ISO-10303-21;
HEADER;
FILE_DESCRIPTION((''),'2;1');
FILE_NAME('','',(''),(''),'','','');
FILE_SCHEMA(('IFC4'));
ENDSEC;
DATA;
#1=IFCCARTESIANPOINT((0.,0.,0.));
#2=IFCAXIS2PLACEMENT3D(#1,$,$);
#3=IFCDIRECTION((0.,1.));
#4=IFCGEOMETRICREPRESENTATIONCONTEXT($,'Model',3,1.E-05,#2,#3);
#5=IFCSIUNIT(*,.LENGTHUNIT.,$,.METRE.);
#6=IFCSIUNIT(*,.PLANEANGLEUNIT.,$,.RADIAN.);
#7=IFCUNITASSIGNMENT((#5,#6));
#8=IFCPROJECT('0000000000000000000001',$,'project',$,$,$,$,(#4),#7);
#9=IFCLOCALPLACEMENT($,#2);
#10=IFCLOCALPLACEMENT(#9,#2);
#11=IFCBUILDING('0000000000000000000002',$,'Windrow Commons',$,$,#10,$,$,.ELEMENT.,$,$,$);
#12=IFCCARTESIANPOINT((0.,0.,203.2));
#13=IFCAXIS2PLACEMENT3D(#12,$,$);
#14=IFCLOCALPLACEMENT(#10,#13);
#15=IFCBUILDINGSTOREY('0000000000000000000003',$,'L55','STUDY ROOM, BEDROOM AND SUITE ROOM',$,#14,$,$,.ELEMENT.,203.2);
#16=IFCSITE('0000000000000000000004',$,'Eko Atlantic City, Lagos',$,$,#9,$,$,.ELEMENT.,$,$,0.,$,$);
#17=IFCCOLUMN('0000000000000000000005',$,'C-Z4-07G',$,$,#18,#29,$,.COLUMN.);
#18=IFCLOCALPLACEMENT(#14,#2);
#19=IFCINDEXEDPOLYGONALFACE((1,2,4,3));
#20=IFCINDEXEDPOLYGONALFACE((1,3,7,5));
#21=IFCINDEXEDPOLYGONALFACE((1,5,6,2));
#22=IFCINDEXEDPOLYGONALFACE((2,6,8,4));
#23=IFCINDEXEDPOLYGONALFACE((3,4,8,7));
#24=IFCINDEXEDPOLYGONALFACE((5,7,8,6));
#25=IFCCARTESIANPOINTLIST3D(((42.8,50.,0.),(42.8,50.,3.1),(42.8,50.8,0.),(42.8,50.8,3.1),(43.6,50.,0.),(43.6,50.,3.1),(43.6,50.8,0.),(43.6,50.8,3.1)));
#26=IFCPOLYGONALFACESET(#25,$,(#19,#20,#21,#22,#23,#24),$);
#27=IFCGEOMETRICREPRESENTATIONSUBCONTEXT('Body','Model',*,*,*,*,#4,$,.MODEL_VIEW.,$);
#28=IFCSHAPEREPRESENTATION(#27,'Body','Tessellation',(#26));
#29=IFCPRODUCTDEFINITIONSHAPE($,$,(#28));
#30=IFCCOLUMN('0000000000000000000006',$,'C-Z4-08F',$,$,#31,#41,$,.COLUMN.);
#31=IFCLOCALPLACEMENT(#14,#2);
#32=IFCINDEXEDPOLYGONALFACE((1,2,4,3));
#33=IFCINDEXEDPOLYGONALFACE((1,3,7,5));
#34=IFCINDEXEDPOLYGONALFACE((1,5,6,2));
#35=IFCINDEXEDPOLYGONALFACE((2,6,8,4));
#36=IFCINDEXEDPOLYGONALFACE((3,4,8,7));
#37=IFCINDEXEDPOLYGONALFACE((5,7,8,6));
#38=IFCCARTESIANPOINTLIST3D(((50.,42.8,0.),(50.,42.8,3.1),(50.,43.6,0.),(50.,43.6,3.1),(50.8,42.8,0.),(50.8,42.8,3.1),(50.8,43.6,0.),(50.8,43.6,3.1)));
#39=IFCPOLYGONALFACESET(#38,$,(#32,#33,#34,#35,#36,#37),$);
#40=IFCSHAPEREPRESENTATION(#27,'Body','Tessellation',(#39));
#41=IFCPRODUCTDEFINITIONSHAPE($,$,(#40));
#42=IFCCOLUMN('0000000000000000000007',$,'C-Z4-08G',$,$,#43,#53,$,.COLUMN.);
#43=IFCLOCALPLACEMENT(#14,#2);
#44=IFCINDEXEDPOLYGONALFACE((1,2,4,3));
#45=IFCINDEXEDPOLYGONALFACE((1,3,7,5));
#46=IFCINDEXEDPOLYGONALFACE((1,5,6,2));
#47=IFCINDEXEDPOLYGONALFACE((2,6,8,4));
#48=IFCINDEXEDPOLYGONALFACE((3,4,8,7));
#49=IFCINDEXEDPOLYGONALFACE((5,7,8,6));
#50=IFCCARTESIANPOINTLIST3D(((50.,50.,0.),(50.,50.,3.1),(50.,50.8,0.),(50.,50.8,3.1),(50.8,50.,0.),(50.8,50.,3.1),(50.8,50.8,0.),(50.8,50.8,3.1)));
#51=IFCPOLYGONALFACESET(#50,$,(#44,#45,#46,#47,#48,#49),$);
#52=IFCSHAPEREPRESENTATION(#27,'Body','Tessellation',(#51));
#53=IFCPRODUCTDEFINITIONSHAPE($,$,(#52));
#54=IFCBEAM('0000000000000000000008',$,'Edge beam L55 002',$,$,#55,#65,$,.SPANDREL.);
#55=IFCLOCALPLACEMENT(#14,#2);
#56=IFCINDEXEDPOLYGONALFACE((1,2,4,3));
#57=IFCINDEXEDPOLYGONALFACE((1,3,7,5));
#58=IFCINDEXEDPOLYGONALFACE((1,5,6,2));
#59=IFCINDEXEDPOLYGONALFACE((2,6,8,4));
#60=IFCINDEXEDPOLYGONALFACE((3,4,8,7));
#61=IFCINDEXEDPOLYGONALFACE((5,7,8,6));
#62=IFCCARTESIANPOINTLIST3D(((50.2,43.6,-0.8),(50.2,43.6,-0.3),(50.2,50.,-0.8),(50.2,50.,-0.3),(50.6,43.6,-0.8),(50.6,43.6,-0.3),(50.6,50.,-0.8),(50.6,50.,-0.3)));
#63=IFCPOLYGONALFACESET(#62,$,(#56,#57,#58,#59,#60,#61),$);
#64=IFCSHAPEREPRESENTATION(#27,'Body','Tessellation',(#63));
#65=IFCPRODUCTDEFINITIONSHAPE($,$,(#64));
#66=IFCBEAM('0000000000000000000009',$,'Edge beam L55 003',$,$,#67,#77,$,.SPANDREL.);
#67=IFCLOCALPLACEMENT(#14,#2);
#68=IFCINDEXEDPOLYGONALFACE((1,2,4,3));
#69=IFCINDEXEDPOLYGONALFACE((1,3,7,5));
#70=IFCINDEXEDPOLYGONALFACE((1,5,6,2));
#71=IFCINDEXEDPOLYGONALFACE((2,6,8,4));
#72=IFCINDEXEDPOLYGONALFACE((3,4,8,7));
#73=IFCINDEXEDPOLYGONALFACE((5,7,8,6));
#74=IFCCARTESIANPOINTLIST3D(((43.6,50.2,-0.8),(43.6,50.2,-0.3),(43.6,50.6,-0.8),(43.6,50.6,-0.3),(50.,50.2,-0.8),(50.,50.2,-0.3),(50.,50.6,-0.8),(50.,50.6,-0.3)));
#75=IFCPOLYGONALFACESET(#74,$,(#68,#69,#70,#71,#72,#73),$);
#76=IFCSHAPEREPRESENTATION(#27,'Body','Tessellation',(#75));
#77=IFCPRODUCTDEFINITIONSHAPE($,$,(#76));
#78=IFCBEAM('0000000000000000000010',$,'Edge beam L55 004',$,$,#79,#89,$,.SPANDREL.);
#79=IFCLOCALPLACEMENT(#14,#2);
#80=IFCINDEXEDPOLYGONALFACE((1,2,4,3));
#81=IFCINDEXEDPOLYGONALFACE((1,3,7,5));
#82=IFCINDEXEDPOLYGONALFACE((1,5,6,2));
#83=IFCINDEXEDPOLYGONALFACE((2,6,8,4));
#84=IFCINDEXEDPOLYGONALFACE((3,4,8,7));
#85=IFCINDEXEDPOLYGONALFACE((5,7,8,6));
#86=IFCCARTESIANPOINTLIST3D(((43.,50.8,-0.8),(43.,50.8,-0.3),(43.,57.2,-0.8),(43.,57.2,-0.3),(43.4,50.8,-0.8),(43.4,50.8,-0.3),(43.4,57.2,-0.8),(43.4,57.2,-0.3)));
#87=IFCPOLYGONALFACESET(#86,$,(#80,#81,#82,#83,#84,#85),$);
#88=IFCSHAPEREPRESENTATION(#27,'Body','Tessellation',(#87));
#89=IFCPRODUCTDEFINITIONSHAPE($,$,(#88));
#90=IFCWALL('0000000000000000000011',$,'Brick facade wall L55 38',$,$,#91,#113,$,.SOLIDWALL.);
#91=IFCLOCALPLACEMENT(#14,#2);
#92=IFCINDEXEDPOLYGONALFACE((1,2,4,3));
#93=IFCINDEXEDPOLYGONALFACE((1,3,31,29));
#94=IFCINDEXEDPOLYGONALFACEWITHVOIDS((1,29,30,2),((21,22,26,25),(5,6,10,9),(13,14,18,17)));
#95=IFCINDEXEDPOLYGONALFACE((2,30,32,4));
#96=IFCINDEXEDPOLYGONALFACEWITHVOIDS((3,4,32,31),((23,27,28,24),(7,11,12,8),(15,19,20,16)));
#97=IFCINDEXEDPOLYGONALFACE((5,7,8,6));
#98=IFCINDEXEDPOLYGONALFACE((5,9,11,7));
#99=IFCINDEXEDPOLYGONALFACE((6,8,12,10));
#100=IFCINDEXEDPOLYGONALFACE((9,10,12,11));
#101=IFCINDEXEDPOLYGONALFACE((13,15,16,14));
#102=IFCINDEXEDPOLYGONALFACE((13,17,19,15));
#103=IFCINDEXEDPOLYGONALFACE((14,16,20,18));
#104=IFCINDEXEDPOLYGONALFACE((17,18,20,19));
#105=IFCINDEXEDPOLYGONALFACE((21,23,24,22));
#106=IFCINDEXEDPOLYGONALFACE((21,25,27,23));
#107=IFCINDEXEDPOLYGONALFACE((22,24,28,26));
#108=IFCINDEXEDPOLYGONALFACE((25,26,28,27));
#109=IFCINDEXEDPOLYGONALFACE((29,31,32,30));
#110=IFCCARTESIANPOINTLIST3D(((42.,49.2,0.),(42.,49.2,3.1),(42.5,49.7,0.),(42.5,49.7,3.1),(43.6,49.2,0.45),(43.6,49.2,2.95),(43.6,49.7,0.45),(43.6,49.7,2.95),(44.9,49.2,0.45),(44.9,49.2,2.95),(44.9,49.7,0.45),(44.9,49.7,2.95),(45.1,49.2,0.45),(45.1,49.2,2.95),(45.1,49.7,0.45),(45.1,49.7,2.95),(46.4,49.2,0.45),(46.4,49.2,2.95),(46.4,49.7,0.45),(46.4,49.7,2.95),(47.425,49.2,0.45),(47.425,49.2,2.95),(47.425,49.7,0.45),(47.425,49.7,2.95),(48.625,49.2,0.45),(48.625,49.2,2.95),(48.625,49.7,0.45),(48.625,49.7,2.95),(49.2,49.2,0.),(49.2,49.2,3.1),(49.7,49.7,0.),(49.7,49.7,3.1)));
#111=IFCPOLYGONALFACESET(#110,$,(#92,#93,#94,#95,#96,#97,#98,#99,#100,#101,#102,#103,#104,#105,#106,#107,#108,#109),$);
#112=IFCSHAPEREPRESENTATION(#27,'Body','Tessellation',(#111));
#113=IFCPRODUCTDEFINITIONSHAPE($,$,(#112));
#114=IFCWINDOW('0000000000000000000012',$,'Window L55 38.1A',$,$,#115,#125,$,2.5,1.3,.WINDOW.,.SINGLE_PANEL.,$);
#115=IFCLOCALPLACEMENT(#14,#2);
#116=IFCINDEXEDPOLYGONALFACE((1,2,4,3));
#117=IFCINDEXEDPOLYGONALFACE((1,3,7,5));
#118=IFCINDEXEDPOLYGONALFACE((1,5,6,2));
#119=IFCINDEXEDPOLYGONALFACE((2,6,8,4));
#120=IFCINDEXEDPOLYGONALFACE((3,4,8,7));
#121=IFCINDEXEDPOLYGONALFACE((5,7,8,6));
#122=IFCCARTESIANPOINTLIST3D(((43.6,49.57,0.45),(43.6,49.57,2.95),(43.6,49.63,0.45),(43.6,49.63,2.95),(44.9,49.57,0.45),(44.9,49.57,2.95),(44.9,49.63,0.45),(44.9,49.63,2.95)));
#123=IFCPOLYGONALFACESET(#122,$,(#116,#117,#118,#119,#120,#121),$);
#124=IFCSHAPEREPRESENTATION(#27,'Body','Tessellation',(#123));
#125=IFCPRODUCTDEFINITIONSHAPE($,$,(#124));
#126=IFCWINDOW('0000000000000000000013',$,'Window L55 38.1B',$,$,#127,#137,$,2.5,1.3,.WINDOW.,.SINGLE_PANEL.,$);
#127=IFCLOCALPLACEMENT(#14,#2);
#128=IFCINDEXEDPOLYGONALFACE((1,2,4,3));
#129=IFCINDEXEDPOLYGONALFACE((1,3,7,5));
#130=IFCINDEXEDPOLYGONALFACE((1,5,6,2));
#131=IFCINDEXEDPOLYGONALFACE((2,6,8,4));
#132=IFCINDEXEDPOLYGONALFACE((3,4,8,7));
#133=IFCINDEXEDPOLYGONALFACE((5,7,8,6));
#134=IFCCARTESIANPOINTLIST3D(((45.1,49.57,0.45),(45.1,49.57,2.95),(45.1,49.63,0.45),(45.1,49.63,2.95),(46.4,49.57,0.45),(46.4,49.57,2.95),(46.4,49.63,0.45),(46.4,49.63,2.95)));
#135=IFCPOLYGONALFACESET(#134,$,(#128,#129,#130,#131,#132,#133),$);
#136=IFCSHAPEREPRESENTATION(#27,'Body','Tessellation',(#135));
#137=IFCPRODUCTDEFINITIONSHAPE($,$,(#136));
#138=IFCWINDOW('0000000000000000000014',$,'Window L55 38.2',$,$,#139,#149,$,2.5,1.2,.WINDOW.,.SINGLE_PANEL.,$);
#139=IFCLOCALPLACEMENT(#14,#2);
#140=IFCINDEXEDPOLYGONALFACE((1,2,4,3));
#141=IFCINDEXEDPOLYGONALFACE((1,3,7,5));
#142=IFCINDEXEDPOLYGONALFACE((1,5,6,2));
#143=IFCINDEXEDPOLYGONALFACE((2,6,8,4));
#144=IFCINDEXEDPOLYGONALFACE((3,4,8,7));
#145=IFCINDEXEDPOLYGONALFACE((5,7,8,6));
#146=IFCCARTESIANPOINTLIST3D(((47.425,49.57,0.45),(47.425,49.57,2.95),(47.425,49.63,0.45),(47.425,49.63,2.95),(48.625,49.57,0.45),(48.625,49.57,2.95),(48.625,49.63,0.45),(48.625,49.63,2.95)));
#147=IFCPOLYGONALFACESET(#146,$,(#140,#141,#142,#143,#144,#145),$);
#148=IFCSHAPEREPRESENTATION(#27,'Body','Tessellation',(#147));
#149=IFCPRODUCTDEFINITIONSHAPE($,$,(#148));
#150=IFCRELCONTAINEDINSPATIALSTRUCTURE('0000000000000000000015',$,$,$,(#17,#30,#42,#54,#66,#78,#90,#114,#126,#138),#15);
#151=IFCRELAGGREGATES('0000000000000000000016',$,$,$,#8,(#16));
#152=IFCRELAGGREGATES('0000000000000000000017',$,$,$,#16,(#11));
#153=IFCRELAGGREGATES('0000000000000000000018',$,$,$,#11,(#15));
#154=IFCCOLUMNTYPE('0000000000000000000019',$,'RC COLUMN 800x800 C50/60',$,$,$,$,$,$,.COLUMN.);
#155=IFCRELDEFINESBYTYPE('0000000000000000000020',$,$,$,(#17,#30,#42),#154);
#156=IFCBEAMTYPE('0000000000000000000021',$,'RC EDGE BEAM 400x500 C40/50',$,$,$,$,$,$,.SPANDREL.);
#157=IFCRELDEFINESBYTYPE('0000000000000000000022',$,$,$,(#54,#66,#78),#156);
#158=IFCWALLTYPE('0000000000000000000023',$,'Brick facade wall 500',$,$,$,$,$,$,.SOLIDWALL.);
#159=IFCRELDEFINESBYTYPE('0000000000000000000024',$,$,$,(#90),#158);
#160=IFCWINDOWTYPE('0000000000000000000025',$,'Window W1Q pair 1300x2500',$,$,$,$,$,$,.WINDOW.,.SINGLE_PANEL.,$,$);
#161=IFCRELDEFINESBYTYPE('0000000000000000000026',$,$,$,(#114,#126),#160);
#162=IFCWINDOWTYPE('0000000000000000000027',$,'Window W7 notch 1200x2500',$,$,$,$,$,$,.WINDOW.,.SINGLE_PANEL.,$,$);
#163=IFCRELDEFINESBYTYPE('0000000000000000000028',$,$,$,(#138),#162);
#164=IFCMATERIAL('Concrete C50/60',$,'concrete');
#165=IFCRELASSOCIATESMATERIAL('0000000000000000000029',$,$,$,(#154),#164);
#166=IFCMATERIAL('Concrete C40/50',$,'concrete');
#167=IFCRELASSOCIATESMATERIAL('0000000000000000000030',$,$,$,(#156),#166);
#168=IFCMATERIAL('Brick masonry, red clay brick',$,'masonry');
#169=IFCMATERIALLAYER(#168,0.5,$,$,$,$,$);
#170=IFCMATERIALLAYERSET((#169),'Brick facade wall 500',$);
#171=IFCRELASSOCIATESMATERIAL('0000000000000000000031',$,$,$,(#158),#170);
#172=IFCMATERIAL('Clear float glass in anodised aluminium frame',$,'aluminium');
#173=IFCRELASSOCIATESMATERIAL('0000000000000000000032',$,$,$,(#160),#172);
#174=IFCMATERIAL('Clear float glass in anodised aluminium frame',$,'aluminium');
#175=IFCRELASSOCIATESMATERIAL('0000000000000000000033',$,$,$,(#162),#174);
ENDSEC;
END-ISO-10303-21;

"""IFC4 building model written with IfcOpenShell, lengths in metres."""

from ifc_helpers import new_model, si_unit, direction, frame, frame_2d, origin, origin_2d, place, context, subcontext, project, spatial, polyline, rectangle, outline, extrude, material, layer, layer_set, material_profile, profile_set, type_object, element, fill, save


model = new_model("IFC4")

# Units and contexts
model_context = context("Model", 3, precision=1e-05, world=origin(), true_north=direction((0.0, 1.0)))
body_context = subcontext(model_context, "Body", "Model", "MODEL_VIEW")
ifc_project = project(units=[si_unit("LENGTHUNIT", "METRE"), si_unit("PLANEANGLEUNIT", "RADIAN")], contexts=[model_context])

# Site, building, storey
site_placement = place(None, origin())
site = spatial("IfcSite", under=ifc_project, at=site_placement, Name="Eko Atlantic City, Lagos", CompositionType="ELEMENT", RefElevation=0.0)
building_placement = place(site_placement, origin())
building = spatial("IfcBuilding", under=site, at=building_placement, Name="Windrow Commons", CompositionType="ELEMENT")
storey_placement = place(building_placement, frame((0.0, 0.0, 203.2)))
storey = spatial("IfcBuildingStorey", under=building, at=storey_placement, Name="L55", Description="STUDY ROOM, BEDROOM AND SUITE ROOM", CompositionType="ELEMENT", Elevation=203.2)

# Columns
ifc_material_1 = material(Name="Concrete C50/60", Category="concrete")
ifc_material_profile_1 = material_profile(ifc_material_1, rectangle(XDim=0.8, YDim=0.8, at=origin_2d()))
ifc_profile_set_1 = profile_set([ifc_material_profile_1], Name="Concrete C50/60")
column_type = type_object("IfcColumnType", Name="RC COLUMN 800x800 C50/60", PredefinedType="COLUMN", material=ifc_profile_set_1)
for number, where, z_axis, x_axis, name in (
    (1, (43.2, 50.4, 0.0), (0.0, 0.0, 1.0), (1.0, 0.0, 0.0), "C-Z4-07G"),
    (2, (50.4, 43.2, 0.0), (0.0, 0.0, 1.0), (1.0, 0.0, 0.0), "C-Z4-08F"),
    (3, (50.4, 50.4, 0.0), (0.0, 0.0, 1.0), (1.0, 0.0, 0.0), "C-Z4-08G"),
):
    element("IfcColumn", number, at=place(storey_placement, frame(where, z_axis=z_axis, x_axis=x_axis)), inside=storey, type_object=column_type, Name=name, PredefinedType="COLUMN", context=body_context, shape_type="SweptSolid", body=[
        extrude(rectangle(XDim=0.8, YDim=0.8, at=origin_2d()), origin(), (0.0, 0.0, 1.0), 3.1),
    ])

# Beams
ifc_material_2 = material(Name="Concrete C40/50", Category="concrete")
ifc_material_profile_2 = material_profile(ifc_material_2, rectangle(XDim=0.4, YDim=0.5, at=origin_2d()))
ifc_profile_set_2 = profile_set([ifc_material_profile_2], Name="Concrete C40/50")
beam_type = type_object("IfcBeamType", Name="RC EDGE BEAM 400x500 C40/50", PredefinedType="SPANDREL", material=ifc_profile_set_2)
for number, where, z_axis, x_axis, name in (
    (4, (50.4, 43.6, -0.55), (0.0, 1.0, 0.0), (-1.0, 0.0, 0.0), "Edge beam L55 002"),
    (5, (50.0, 50.4, -0.55), (-1.0, 0.0, 0.0), (0.0, -1.0, 0.0), "Edge beam L55 003"),
    (6, (43.2, 50.8, -0.55), (0.0, 1.0, 0.0), (-1.0, 0.0, 0.0), "Edge beam L55 004"),
):
    element("IfcBeam", number, at=place(storey_placement, frame(where, z_axis=z_axis, x_axis=x_axis)), inside=storey, type_object=beam_type, Name=name, PredefinedType="SPANDREL", context=body_context, shape_type="SweptSolid", body=[
        extrude(rectangle(XDim=0.4, YDim=0.5, at=origin_2d()), origin(), (0.0, 0.0, 1.0), 6.4),
    ])

# Wall, openings, windows
ifc_material_3 = material(Name="Brick masonry, red clay brick", Category="masonry")
ifc_layer_1 = layer(ifc_material_3, 0.5)
ifc_layer_set_1 = layer_set([ifc_layer_1], Name="Brick facade wall 500")
wall_type_1 = type_object("IfcWallType", Name="Brick facade wall 500", PredefinedType="SOLIDWALL", material=ifc_layer_set_1)
wall_1_placement = place(storey_placement, frame((42.25, 49.45, 0.0), z_axis=(0.0, 0.0, 1.0), x_axis=(1.0, 0.0, 0.0)))
wall_1 = element("IfcWall", 7, at=wall_1_placement, inside=storey, type_object=wall_type_1, Name="Brick facade wall L55 38", PredefinedType="SOLIDWALL", context=body_context, shape_type="SweptSolid", body=[
    extrude(outline(polyline([(-0.25, -0.25), (6.95, -0.25), (7.45, 0.25), (0.25, 0.25), (-0.25, -0.25)])), origin(), (0.0, 0.0, 1.0), 3.1),
])
opening_1_placement = place(wall_1_placement, frame((1.35, 0.0, 0.45)))
opening_1 = element("IfcOpeningElement", 8, at=opening_1_placement, cuts=wall_1, PredefinedType="OPENING", context=body_context, shape_type="SweptSolid", body=[
    extrude(rectangle(XDim=1.3, YDim=2.5, at=frame_2d((0.65, 1.25))), frame((0.0, 0.26, 0.0), z_axis=(0.0, -1.0, 0.0), x_axis=(1.0, 0.0, 0.0)), (0.0, 0.0, 1.0), 0.52),
])
opening_2_placement = place(wall_1_placement, frame((2.85, 0.0, 0.45)))
opening_2 = element("IfcOpeningElement", 9, at=opening_2_placement, cuts=wall_1, PredefinedType="OPENING", context=body_context, shape_type="SweptSolid", body=[
    extrude(rectangle(XDim=1.3, YDim=2.5, at=frame_2d((0.65, 1.25))), frame((0.0, 0.26, 0.0), z_axis=(0.0, -1.0, 0.0), x_axis=(1.0, 0.0, 0.0)), (0.0, 0.0, 1.0), 0.52),
])
opening_3_placement = place(wall_1_placement, frame((5.175, 0.0, 0.45)))
opening_3 = element("IfcOpeningElement", 10, at=opening_3_placement, cuts=wall_1, PredefinedType="OPENING", context=body_context, shape_type="SweptSolid", body=[
    extrude(rectangle(XDim=1.2, YDim=2.5, at=frame_2d((0.6, 1.25))), frame((0.0, 0.26, 0.0), z_axis=(0.0, -1.0, 0.0), x_axis=(1.0, 0.0, 0.0)), (0.0, 0.0, 1.0), 0.52),
])
ifc_material_4 = material(Name="Clear float glass in anodised aluminium frame", Category="aluminium")
window_type_1 = type_object("IfcWindowType", Name="Window W1Q pair 1300x2500", PartitioningType="SINGLE_PANEL", PredefinedType="WINDOW", material=ifc_material_4)
window_1_placement = place(opening_1_placement, origin())
window_1 = element("IfcWindow", 11, at=window_1_placement, inside=storey, type_object=window_type_1, Name="Window L55 38.1A", OverallHeight=2.5, OverallWidth=1.3, PartitioningType="SINGLE_PANEL", PredefinedType="WINDOW", context=body_context, shape_type="SweptSolid", body=[
    extrude(rectangle(XDim=1.3, YDim=2.5, at=frame_2d((0.65, 1.25))), frame((0.0, 0.18, 0.0), z_axis=(0.0, -1.0, 0.0), x_axis=(1.0, 0.0, 0.0)), (0.0, 0.0, 1.0), 0.06),
])
fill(opening_1, window_1)
window_2_placement = place(opening_2_placement, origin())
window_2 = element("IfcWindow", 12, at=window_2_placement, inside=storey, type_object=window_type_1, Name="Window L55 38.1B", OverallHeight=2.5, OverallWidth=1.3, PartitioningType="SINGLE_PANEL", PredefinedType="WINDOW", context=body_context, shape_type="SweptSolid", body=[
    extrude(rectangle(XDim=1.3, YDim=2.5, at=frame_2d((0.65, 1.25))), frame((0.0, 0.18, 0.0), z_axis=(0.0, -1.0, 0.0), x_axis=(1.0, 0.0, 0.0)), (0.0, 0.0, 1.0), 0.06),
])
fill(opening_2, window_2)
ifc_material_5 = material(Name="Clear float glass in anodised aluminium frame", Category="aluminium")
window_type_2 = type_object("IfcWindowType", Name="Window W7 notch 1200x2500", PartitioningType="SINGLE_PANEL", PredefinedType="WINDOW", material=ifc_material_5)
window_3_placement = place(opening_3_placement, origin())
window_3 = element("IfcWindow", 13, at=window_3_placement, inside=storey, type_object=window_type_2, Name="Window L55 38.2", OverallHeight=2.5, OverallWidth=1.2, PartitioningType="SINGLE_PANEL", PredefinedType="WINDOW", context=body_context, shape_type="SweptSolid", body=[
    extrude(rectangle(XDim=1.2, YDim=2.5, at=frame_2d((0.6, 1.25))), frame((0.0, 0.18, 0.0), z_axis=(0.0, -1.0, 0.0), x_axis=(1.0, 0.0, 0.0)), (0.0, 0.0, 1.0), 0.06),
])
fill(opening_3, window_3)

save(model, "model.ifc")
